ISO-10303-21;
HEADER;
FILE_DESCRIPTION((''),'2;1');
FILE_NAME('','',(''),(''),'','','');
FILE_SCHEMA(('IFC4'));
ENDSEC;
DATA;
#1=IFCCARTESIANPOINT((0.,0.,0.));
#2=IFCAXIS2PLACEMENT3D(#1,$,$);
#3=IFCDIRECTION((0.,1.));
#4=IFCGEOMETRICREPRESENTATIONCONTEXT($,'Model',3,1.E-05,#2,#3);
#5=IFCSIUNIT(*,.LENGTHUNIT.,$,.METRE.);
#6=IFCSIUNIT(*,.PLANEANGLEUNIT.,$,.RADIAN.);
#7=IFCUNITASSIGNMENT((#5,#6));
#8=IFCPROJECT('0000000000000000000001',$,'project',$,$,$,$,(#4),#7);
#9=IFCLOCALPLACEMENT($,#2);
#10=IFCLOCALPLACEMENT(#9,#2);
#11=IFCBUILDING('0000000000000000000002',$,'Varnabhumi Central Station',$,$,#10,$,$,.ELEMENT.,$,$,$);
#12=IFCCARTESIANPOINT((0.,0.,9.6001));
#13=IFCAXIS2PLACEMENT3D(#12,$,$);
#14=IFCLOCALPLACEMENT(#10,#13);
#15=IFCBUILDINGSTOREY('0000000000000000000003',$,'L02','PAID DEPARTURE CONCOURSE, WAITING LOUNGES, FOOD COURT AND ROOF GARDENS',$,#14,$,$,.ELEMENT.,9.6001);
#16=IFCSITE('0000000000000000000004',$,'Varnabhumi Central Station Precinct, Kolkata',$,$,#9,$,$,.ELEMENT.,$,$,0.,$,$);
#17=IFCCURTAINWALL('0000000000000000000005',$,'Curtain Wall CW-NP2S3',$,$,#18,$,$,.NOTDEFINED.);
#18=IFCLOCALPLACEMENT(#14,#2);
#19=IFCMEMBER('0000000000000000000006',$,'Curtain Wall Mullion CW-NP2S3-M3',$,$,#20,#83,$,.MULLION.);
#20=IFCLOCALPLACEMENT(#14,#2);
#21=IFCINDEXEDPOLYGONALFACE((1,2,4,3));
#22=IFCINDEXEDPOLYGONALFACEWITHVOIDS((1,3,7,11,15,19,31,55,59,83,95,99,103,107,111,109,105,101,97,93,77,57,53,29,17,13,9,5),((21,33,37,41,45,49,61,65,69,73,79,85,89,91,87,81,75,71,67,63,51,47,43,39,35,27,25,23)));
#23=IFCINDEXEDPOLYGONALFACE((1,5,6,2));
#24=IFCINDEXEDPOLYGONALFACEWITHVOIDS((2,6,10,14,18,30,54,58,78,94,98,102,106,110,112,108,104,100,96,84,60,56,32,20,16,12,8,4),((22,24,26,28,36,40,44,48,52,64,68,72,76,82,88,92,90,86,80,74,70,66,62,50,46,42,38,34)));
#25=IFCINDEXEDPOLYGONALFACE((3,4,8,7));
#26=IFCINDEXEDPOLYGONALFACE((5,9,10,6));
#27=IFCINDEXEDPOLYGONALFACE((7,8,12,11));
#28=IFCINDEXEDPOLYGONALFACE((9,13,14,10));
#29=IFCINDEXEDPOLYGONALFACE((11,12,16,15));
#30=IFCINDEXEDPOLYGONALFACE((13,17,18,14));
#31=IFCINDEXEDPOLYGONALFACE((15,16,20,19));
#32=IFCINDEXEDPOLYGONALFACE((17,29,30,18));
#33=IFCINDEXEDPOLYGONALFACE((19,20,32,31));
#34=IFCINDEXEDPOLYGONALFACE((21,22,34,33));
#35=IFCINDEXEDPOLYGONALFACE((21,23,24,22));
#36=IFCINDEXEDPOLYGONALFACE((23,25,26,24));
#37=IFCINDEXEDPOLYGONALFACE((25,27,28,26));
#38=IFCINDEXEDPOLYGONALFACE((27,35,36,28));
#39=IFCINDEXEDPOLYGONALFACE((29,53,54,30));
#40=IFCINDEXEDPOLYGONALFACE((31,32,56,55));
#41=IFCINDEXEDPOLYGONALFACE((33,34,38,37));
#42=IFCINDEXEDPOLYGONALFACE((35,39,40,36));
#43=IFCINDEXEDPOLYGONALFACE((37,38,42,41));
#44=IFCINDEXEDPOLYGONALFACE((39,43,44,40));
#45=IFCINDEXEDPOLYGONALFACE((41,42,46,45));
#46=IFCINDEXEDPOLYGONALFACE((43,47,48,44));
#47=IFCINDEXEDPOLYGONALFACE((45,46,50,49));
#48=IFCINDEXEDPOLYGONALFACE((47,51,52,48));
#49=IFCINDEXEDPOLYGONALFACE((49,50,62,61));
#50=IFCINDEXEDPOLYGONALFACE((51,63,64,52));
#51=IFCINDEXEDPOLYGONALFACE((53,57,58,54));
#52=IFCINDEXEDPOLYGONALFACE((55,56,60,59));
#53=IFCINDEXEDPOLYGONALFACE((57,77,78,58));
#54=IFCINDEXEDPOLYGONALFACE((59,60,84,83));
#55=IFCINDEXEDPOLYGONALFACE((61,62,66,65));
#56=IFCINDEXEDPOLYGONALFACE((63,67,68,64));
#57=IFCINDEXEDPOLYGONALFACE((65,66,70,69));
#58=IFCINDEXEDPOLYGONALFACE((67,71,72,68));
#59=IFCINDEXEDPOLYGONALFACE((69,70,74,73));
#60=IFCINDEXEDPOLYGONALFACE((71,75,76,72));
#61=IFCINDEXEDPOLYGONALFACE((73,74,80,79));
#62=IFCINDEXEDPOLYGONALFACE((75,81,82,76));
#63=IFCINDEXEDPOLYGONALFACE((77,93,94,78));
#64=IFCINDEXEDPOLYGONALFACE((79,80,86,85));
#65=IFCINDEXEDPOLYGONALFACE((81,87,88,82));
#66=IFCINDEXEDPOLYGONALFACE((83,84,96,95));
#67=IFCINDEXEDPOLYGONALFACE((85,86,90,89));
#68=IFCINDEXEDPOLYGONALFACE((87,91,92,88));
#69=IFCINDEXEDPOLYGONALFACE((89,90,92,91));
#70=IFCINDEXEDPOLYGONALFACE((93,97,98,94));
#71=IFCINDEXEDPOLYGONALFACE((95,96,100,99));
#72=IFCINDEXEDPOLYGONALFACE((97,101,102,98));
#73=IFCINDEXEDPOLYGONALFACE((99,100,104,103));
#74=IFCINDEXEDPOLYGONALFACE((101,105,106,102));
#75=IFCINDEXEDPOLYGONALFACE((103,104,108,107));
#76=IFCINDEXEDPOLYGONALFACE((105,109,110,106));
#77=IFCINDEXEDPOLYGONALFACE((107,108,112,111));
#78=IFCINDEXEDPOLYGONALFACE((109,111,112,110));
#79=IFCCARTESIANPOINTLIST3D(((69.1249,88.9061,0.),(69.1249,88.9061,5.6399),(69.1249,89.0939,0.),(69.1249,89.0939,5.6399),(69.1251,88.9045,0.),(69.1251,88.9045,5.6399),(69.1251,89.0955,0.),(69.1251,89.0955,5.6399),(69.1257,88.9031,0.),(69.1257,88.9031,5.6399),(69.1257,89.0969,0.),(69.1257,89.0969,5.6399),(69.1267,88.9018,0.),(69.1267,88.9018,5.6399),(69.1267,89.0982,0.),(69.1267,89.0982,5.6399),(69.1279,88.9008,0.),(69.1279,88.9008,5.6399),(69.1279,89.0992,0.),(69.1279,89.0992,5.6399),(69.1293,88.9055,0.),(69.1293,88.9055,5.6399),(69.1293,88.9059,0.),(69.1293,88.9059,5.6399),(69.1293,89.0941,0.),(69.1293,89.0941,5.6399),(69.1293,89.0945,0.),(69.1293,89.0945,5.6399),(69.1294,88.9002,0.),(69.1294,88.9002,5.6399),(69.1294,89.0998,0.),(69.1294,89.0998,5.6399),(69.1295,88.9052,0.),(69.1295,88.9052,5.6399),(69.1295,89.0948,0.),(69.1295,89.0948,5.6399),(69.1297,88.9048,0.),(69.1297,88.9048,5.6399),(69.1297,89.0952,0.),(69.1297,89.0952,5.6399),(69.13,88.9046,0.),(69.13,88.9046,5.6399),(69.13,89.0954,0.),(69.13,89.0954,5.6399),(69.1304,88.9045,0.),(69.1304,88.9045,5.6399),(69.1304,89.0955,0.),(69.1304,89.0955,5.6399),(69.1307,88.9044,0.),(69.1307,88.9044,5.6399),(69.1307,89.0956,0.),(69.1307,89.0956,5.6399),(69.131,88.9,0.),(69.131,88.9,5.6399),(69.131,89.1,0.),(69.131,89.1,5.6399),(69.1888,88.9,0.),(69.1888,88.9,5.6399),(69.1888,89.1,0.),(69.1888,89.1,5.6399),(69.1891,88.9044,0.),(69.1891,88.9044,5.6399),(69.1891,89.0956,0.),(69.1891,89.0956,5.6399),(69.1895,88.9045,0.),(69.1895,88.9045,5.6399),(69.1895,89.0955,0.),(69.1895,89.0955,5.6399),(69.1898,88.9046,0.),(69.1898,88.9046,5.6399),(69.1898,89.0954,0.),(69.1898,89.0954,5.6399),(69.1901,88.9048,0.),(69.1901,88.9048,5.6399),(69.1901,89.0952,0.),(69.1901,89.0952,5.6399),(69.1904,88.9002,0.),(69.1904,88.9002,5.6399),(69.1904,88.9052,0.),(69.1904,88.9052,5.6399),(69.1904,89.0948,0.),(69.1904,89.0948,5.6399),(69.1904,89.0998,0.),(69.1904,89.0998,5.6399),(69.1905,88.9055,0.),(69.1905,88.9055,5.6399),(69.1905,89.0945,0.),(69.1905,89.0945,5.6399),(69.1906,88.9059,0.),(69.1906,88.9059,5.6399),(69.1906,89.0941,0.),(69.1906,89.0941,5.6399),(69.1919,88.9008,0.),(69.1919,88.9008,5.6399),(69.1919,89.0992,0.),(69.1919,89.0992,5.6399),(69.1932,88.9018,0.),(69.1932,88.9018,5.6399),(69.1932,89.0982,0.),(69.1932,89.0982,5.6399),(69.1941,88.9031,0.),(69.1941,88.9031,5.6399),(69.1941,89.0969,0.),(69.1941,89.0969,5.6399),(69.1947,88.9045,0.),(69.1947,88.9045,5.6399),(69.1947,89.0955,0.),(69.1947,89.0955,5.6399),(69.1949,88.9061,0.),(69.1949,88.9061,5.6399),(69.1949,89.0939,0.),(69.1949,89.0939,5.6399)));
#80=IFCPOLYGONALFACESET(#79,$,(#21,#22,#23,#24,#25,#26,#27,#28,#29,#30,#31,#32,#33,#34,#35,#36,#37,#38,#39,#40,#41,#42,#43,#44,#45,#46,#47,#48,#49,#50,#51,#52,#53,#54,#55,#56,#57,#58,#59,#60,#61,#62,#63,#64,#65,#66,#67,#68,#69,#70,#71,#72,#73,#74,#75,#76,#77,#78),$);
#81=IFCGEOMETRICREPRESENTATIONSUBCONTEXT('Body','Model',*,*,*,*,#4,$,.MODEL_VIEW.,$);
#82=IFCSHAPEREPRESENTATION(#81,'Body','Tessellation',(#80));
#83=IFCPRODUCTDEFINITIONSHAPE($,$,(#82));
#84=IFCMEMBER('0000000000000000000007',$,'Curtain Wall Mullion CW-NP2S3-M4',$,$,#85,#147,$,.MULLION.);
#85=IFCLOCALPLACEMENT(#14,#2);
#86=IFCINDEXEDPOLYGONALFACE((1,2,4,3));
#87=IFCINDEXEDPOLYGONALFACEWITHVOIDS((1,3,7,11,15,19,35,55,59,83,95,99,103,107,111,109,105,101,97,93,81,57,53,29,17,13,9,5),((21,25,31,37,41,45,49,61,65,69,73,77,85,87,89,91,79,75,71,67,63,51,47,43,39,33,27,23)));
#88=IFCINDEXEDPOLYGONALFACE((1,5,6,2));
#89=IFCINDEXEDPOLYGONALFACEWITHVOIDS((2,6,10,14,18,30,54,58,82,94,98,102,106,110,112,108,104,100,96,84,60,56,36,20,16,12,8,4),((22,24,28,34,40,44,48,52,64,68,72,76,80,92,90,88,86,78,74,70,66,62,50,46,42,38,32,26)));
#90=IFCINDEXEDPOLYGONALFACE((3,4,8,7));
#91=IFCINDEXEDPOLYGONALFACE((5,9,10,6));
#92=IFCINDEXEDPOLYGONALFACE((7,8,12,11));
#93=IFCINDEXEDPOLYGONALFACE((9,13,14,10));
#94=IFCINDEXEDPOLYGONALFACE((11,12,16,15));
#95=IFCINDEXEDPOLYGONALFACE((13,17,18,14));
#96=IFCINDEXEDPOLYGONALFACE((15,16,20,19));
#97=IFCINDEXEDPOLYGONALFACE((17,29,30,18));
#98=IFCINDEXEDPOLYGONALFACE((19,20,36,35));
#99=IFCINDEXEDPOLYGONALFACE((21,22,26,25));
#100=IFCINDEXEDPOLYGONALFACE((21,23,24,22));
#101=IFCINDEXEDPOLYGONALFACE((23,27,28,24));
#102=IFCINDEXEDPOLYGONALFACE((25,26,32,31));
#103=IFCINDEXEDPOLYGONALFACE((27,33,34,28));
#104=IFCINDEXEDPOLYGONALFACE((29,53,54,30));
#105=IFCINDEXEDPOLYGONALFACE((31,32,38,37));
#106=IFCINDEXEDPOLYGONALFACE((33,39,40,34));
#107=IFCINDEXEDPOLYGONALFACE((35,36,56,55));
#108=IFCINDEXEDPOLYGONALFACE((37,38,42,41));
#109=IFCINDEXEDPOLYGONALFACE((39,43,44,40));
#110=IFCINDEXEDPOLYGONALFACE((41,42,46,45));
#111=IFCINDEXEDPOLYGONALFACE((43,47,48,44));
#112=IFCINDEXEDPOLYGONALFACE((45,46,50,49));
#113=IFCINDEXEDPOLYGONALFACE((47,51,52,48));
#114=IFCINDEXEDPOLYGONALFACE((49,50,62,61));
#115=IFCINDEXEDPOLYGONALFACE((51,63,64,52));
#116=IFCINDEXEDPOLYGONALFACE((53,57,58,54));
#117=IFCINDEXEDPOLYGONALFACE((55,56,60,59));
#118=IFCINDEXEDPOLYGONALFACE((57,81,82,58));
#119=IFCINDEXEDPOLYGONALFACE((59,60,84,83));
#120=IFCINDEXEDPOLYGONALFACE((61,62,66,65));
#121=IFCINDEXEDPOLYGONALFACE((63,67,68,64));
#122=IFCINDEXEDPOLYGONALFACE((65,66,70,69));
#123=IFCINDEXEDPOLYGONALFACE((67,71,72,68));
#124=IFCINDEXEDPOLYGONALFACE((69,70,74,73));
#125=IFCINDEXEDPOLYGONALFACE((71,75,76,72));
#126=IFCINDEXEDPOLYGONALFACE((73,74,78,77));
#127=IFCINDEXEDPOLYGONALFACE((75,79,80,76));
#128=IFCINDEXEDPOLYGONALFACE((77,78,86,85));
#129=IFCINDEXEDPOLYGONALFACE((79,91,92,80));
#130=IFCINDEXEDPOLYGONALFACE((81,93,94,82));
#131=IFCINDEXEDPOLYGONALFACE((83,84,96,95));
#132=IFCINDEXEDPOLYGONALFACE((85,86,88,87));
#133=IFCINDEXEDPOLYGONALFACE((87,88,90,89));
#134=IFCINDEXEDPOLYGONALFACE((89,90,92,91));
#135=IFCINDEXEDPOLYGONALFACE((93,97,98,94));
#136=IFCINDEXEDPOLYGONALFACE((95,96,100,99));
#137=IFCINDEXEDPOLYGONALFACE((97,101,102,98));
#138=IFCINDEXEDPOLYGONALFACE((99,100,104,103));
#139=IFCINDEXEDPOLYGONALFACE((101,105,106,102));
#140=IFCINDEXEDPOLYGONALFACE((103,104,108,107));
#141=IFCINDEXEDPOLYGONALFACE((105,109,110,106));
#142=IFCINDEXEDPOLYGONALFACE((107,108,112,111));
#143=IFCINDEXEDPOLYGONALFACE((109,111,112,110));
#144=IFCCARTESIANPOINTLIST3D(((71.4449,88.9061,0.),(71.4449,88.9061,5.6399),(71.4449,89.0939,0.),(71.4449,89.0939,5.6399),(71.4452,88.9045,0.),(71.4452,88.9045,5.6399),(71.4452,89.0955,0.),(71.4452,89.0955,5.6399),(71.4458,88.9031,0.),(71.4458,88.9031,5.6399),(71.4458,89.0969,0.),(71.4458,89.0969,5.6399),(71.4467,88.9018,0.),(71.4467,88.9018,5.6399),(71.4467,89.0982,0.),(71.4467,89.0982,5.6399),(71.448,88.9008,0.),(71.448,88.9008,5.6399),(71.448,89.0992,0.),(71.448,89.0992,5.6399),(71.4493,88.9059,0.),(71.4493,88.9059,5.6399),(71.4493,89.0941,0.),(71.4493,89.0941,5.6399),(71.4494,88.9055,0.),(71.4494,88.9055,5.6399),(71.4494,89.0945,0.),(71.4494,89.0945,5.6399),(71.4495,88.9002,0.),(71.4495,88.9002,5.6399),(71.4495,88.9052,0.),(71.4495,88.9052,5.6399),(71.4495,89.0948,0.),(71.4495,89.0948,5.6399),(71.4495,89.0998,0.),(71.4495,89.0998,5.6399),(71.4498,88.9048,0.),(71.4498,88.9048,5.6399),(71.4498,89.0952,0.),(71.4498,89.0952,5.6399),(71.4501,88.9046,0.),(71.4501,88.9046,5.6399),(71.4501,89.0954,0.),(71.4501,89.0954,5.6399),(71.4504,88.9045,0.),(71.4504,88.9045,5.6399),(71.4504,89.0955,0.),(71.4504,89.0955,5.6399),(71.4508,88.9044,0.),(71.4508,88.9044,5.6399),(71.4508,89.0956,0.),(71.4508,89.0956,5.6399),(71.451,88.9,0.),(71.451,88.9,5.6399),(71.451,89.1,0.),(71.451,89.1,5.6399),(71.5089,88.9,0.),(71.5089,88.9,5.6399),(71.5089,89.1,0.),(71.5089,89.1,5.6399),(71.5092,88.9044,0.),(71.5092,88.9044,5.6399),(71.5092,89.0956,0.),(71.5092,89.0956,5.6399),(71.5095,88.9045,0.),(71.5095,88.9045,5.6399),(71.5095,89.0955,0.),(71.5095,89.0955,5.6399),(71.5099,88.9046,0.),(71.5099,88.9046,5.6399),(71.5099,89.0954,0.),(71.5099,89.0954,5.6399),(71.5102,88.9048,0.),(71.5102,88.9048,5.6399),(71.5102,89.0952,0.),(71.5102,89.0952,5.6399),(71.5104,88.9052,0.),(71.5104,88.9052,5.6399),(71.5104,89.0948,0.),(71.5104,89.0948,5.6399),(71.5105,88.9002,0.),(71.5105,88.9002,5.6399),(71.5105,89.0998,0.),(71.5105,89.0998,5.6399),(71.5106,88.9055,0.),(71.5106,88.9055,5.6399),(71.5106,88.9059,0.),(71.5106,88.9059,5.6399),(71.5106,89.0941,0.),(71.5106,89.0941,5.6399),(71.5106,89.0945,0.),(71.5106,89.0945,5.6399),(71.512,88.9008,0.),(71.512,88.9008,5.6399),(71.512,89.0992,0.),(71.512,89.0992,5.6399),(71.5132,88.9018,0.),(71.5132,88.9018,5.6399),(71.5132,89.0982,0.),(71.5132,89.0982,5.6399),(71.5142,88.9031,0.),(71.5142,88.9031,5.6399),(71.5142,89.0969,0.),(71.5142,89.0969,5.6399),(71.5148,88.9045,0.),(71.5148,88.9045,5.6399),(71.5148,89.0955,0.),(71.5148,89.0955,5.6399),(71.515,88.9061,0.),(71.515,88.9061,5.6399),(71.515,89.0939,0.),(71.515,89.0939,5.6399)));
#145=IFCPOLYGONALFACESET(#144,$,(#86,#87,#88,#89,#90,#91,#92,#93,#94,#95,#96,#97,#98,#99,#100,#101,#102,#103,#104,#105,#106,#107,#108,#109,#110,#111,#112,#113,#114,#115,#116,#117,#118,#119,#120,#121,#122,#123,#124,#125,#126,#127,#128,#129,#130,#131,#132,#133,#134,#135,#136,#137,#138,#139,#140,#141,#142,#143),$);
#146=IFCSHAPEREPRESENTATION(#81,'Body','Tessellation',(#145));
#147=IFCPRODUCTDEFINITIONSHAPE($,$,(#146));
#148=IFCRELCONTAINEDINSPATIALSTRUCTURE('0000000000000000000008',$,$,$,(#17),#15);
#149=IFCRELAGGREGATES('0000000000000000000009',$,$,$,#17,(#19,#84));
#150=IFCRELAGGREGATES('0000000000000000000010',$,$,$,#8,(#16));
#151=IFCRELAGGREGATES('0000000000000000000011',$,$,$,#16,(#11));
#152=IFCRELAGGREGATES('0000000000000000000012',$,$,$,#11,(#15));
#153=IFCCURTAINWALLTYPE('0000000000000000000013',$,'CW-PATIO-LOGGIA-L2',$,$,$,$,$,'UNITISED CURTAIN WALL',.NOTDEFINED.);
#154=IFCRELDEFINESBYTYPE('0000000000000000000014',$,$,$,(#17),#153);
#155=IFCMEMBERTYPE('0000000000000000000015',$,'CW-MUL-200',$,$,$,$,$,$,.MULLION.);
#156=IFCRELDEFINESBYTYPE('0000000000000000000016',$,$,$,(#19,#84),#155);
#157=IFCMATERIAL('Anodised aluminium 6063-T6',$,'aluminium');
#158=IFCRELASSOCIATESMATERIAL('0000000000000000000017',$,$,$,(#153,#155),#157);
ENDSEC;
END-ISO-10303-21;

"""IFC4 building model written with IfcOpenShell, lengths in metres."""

from ifc_helpers import new_model, si_unit, direction, frame, origin, origin_2d, place, context, subcontext, project, spatial, hollow_rectangle, extrude, material, material_profile, profile_set, type_object, element, aggregate, save


model = new_model("IFC4")

# Units and contexts
model_context = context("Model", 3, precision=1e-05, world=origin(), true_north=direction((0.0, 1.0)))
body_context = subcontext(model_context, "Body", "Model", "MODEL_VIEW")
ifc_project = project(units=[si_unit("LENGTHUNIT", "METRE"), si_unit("PLANEANGLEUNIT", "RADIAN")], contexts=[model_context])

# Site, building, storey
site_placement = place(None, origin())
site = spatial("IfcSite", under=ifc_project, at=site_placement, Name="Varnabhumi Central Station Precinct, Kolkata", CompositionType="ELEMENT", RefElevation=0.0)
building_placement = place(site_placement, origin())
building = spatial("IfcBuilding", under=site, at=building_placement, Name="Varnabhumi Central Station", CompositionType="ELEMENT")
storey_placement = place(building_placement, frame((0.0, 0.0, 9.6001)))
storey = spatial("IfcBuildingStorey", under=building, at=storey_placement, Name="L02", Description="PAID DEPARTURE CONCOURSE, WAITING LOUNGES, FOOD COURT AND ROOF GARDENS", CompositionType="ELEMENT", Elevation=9.6001)

# Shared definitions
ifc_material_1 = material(Name="Anodised aluminium 6063-T6", Category="aluminium")
curtain_wall_type = type_object("IfcCurtainWallType", Name="CW-PATIO-LOGGIA-L2", ElementType="UNITISED CURTAIN WALL", PredefinedType="NOTDEFINED", material=ifc_material_1)
ifc_material_profile_1 = material_profile(ifc_material_1, hollow_rectangle(XDim=0.0701, YDim=0.2, WallThickness=0.0044, InnerFilletRadius=0.0015, OuterFilletRadius=0.0061, at=origin_2d()), Name="Anodised aluminium 6063-T6", Category="aluminium")
ifc_profile_set_1 = profile_set([ifc_material_profile_1], Name="Anodised aluminium 6063-T6")
member_type_1 = type_object("IfcMemberType", Name="CW-MUL-200", PredefinedType="MULLION", material=ifc_profile_set_1)

# Curtain wall, members
curtain_wall_1_placement = place(storey_placement, origin())
curtain_wall_1 = element("IfcCurtainWall", 1, at=curtain_wall_1_placement, inside=storey, type_object=curtain_wall_type, Name="Curtain Wall CW-NP2S3", PredefinedType="NOTDEFINED")
member_1_placement = place(storey_placement, frame((69.1599, 89.0, 0.0), z_axis=(0.0, 0.0, 1.0), x_axis=(1.0, 0.0, 0.0)))
member_1 = element("IfcMember", 2, at=member_1_placement, type_object=member_type_1, Name="Curtain Wall Mullion CW-NP2S3-M3", PredefinedType="MULLION", context=body_context, shape_type="SweptSolid", body=[
    extrude(hollow_rectangle(XDim=0.0701, YDim=0.2, WallThickness=0.0044, InnerFilletRadius=0.0015, OuterFilletRadius=0.0061, at=origin_2d()), origin(), (0.0, 0.0, 1.0), 5.6399),
])
member_2_placement = place(storey_placement, frame((71.48, 89.0, 0.0), z_axis=(0.0, 0.0, 1.0), x_axis=(1.0, 0.0, 0.0)))
member_2 = element("IfcMember", 3, at=member_2_placement, type_object=member_type_1, Name="Curtain Wall Mullion CW-NP2S3-M4", PredefinedType="MULLION", context=body_context, shape_type="SweptSolid", body=[
    extrude(hollow_rectangle(XDim=0.0701, YDim=0.2, WallThickness=0.0044, InnerFilletRadius=0.0015, OuterFilletRadius=0.0061, at=origin_2d()), origin(), (0.0, 0.0, 1.0), 5.6399),
])

aggregate(curtain_wall_1, [member_1, member_2])

save(model, "model.ifc")
